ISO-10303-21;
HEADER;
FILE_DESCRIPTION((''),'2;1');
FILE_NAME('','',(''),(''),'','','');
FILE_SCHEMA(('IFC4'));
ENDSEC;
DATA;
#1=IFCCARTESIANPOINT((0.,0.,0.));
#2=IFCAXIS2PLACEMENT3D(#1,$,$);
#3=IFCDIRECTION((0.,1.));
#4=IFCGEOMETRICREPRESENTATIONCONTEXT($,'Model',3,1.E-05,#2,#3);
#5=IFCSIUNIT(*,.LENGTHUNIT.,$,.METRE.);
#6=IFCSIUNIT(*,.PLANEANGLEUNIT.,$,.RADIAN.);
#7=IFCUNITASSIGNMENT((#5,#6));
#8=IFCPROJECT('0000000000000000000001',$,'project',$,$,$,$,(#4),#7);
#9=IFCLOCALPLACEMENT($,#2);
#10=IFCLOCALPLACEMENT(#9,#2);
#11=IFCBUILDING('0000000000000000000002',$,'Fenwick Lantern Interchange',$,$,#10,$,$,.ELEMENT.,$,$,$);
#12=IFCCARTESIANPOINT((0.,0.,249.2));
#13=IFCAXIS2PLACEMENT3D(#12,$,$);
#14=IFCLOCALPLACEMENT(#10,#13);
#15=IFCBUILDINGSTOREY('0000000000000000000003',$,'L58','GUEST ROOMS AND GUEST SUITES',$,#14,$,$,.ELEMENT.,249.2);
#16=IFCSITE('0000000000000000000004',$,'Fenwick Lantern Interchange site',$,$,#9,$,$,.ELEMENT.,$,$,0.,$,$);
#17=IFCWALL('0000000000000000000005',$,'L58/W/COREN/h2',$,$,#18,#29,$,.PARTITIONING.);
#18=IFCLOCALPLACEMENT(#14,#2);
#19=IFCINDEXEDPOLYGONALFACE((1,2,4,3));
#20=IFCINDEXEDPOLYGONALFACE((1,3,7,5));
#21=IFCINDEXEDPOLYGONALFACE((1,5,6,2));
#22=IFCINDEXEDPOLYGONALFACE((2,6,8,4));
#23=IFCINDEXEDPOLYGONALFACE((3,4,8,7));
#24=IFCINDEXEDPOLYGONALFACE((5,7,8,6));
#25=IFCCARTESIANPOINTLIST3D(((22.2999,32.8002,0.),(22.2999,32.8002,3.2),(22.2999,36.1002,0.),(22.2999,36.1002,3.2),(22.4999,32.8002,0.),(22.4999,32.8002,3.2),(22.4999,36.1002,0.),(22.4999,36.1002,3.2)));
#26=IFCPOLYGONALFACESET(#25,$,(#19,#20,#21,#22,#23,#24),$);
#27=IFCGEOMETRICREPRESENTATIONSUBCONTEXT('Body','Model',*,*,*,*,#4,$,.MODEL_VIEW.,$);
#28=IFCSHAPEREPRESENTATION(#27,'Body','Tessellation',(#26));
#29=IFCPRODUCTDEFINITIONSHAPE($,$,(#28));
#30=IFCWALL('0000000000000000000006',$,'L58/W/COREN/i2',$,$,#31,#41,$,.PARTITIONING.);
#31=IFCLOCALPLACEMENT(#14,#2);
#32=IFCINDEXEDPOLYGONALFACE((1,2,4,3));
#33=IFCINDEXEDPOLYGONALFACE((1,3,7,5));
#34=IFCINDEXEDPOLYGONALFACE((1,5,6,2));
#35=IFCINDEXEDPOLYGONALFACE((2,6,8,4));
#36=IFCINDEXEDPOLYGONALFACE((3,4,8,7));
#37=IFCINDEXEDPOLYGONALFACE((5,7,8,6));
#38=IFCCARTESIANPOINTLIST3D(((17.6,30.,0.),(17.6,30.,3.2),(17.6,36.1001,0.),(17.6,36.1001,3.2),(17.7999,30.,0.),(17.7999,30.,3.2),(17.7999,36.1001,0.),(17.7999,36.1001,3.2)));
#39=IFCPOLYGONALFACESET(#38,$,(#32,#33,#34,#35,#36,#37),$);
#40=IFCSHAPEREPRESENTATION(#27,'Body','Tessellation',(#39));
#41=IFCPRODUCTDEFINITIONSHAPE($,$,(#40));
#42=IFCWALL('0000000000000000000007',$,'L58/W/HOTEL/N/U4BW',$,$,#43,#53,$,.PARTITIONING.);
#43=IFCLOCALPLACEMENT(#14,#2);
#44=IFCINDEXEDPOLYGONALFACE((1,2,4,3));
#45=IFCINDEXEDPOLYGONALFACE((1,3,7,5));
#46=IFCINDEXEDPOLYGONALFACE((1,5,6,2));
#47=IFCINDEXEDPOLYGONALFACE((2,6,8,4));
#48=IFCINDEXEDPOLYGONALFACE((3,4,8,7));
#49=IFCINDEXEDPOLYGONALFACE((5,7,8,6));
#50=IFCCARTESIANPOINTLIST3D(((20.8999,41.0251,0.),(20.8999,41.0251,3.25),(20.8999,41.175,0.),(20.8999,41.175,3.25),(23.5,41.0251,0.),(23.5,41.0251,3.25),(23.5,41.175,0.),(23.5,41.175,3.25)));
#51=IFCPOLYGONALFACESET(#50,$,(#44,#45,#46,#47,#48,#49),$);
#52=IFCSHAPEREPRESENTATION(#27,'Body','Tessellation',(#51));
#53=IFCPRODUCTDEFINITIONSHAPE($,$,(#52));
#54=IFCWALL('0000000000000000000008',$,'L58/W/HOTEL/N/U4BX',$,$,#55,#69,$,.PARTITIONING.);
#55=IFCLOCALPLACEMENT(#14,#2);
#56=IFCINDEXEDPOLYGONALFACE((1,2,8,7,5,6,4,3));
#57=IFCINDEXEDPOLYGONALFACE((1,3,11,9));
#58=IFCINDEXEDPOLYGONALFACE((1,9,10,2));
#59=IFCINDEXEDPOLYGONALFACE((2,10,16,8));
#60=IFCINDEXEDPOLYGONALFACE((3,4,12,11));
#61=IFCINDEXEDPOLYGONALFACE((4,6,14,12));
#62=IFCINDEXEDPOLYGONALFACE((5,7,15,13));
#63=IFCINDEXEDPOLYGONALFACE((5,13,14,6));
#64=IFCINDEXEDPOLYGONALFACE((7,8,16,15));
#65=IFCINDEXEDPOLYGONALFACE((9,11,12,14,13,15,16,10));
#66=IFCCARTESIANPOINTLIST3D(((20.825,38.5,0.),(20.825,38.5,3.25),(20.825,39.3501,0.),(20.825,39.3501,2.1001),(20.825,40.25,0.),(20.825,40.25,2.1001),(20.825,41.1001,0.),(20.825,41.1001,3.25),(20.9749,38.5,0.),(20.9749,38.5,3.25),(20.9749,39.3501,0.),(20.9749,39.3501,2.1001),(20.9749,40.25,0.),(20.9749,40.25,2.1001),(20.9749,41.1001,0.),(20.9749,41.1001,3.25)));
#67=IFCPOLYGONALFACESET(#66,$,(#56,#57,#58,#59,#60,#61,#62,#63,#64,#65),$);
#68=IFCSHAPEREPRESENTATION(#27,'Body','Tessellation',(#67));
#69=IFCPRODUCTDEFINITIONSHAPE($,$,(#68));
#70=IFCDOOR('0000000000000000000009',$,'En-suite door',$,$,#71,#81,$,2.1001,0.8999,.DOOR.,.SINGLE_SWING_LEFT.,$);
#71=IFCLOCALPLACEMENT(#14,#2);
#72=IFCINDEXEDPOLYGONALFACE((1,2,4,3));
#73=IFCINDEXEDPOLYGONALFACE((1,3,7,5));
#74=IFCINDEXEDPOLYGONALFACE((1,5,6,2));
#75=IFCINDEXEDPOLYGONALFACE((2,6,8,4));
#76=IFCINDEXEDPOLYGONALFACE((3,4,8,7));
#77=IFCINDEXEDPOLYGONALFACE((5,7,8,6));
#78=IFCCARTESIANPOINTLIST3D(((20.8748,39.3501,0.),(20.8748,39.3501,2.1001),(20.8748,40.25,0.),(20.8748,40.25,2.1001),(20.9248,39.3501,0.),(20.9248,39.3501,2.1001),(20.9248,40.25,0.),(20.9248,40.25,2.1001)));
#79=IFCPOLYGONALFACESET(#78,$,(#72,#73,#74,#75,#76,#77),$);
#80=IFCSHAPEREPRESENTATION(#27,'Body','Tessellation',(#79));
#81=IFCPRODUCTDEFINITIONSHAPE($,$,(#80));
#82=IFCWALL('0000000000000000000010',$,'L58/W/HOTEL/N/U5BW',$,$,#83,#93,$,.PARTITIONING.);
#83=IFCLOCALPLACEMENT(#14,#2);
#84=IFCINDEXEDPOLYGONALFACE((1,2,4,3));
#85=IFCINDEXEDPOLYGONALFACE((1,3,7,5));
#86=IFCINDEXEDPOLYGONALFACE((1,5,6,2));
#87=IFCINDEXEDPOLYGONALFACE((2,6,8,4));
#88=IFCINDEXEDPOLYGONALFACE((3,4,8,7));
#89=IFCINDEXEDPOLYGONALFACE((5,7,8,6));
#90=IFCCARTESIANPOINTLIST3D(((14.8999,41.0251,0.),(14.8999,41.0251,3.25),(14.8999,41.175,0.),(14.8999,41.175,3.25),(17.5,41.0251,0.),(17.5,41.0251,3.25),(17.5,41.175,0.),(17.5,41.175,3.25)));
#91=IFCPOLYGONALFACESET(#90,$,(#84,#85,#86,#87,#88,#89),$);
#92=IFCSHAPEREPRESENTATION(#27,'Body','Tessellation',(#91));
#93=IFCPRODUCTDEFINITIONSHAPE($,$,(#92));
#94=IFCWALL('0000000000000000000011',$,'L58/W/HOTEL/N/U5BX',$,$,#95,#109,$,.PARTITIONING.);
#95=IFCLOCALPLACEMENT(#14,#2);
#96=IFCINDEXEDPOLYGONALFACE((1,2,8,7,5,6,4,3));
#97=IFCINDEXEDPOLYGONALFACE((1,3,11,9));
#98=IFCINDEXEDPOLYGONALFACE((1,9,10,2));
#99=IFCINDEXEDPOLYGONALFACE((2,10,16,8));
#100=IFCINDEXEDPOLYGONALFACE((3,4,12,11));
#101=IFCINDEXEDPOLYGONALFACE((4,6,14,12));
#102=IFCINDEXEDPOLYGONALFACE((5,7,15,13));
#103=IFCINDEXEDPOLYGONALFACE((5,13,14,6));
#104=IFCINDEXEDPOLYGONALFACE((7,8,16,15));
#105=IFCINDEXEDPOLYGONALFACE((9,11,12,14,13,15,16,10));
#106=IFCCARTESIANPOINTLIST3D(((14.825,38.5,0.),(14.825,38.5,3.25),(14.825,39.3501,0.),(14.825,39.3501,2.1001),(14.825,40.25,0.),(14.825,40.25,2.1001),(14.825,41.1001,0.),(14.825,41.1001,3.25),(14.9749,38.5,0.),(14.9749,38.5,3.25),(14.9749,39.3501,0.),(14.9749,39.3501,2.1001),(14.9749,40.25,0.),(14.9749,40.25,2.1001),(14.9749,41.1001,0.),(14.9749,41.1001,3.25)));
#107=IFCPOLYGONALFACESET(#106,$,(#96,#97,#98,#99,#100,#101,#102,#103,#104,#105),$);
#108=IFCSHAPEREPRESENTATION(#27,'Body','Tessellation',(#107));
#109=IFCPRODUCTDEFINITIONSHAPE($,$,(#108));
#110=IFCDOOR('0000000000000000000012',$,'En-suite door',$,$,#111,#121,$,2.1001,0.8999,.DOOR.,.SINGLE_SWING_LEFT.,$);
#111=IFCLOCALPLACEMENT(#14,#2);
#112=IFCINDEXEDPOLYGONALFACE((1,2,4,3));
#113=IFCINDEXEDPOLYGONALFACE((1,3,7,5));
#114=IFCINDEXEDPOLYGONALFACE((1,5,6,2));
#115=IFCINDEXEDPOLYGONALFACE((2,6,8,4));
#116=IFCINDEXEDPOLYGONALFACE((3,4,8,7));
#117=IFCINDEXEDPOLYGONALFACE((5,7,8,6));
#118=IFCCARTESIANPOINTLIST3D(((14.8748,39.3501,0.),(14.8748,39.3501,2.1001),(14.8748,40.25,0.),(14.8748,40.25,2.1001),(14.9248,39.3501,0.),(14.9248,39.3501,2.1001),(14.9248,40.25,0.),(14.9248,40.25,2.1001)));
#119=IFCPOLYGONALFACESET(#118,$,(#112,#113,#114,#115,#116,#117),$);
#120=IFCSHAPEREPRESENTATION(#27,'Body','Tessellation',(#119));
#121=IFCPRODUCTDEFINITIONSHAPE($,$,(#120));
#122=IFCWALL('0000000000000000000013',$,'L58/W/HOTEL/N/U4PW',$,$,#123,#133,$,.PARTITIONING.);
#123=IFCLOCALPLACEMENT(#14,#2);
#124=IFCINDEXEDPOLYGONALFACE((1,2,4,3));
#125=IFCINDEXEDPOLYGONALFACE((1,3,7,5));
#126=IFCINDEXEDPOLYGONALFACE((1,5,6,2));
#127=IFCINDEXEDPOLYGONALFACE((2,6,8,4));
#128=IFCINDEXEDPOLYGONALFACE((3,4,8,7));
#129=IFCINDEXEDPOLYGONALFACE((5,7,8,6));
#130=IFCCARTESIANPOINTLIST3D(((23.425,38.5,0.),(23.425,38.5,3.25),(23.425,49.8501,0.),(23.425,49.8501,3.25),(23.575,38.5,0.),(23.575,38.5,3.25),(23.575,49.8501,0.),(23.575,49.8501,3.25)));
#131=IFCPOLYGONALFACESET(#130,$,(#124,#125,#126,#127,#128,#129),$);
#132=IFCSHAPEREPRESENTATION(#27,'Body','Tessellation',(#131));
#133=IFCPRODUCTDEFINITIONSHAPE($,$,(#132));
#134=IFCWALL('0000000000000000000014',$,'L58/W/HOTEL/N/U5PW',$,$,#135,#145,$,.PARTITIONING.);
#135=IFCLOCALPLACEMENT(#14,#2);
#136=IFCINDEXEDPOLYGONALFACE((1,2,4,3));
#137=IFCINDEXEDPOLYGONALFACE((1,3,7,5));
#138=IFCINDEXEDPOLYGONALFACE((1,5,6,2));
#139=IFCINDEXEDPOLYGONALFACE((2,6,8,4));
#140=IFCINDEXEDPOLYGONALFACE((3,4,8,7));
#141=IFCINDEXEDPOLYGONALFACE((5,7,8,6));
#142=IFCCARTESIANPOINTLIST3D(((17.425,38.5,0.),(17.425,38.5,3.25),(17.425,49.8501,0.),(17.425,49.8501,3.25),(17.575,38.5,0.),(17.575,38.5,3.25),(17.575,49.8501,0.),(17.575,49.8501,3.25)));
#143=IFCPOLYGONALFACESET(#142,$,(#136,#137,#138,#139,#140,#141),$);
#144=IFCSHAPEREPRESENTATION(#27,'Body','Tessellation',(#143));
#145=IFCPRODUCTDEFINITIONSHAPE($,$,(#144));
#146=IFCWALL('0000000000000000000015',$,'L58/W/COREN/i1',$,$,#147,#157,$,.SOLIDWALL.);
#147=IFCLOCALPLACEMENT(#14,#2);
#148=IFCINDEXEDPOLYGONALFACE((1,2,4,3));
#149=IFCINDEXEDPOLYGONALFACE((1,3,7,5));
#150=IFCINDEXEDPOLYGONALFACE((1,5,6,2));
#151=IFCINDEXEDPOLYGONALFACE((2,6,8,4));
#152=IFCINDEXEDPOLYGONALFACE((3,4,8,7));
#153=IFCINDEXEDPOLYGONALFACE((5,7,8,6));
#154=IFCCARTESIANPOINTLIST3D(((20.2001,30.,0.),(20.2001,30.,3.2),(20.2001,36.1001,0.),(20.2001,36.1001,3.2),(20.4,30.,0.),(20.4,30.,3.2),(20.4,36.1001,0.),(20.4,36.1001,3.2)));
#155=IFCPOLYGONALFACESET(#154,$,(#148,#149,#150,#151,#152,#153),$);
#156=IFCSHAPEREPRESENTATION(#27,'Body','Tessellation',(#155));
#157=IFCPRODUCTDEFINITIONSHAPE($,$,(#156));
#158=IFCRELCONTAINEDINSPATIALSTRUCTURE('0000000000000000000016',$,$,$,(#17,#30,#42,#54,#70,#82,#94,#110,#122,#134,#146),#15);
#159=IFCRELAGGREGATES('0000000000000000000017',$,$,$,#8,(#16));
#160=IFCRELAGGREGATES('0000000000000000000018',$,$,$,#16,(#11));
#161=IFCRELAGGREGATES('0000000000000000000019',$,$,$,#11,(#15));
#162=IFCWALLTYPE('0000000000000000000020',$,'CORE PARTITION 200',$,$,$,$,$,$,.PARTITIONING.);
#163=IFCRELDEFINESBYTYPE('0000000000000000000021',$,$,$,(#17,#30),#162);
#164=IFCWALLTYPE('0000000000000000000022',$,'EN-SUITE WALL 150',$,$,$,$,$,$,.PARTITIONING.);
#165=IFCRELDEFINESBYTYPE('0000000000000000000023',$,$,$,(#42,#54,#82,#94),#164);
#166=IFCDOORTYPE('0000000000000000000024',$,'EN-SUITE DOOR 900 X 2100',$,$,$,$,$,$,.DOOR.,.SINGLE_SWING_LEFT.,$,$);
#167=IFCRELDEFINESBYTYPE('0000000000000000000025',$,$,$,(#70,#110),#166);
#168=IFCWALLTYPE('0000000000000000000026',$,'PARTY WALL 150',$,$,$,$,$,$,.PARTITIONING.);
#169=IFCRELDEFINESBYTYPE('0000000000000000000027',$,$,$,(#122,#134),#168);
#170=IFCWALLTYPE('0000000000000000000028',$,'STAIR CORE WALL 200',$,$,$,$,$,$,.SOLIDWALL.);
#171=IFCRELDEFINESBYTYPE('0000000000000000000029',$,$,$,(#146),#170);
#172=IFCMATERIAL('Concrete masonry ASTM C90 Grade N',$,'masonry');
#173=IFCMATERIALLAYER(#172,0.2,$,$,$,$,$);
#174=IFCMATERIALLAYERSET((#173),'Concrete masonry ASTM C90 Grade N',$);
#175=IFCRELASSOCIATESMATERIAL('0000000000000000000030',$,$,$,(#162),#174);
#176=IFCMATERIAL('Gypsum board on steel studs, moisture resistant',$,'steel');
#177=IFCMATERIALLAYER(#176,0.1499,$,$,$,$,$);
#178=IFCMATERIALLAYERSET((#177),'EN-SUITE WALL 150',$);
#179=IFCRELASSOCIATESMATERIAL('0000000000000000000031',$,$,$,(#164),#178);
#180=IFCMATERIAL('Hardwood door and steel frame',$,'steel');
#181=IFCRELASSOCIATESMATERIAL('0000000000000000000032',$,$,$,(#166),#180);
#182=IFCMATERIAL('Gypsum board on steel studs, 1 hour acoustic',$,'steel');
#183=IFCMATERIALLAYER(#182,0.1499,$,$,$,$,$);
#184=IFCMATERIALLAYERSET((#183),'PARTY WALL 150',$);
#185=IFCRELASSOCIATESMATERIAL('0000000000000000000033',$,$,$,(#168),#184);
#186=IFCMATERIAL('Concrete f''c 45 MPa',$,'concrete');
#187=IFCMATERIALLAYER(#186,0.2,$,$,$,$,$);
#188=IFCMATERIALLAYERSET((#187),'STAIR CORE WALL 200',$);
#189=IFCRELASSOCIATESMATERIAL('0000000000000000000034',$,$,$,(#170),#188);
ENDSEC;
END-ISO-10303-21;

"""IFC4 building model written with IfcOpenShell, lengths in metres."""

from ifc_helpers import new_model, si_unit, direction, frame, frame_2d, origin, place, context, subcontext, project, spatial, rectangle, extrude, material, layer, layer_set, type_object, element, fill, save


model = new_model("IFC4")

# Units and contexts
model_context = context("Model", 3, precision=1e-05, world=origin(), true_north=direction((0.0, 1.0)))
body_context = subcontext(model_context, "Body", "Model", "MODEL_VIEW")
ifc_project = project(units=[si_unit("LENGTHUNIT", "METRE"), si_unit("PLANEANGLEUNIT", "RADIAN")], contexts=[model_context])

# Site, building, storey
site_placement = place(None, origin())
site = spatial("IfcSite", under=ifc_project, at=site_placement, Name="Fenwick Lantern Interchange site", CompositionType="ELEMENT", RefElevation=0.0)
building_placement = place(site_placement, origin())
building = spatial("IfcBuilding", under=site, at=building_placement, Name="Fenwick Lantern Interchange", CompositionType="ELEMENT")
storey_placement = place(building_placement, frame((0.0, 0.0, 249.2)))
storey = spatial("IfcBuildingStorey", under=building, at=storey_placement, Name="L58", Description="GUEST ROOMS AND GUEST SUITES", CompositionType="ELEMENT", Elevation=249.2)

# Walls
ifc_material_1 = material(Name="Concrete masonry ASTM C90 Grade N", Category="masonry")
ifc_layer_1 = layer(ifc_material_1, 0.2)
ifc_layer_set_1 = layer_set([ifc_layer_1], Name="Concrete masonry ASTM C90 Grade N")
wall_type_1 = type_object("IfcWallType", Name="CORE PARTITION 200", PredefinedType="PARTITIONING", material=ifc_layer_set_1)
wall_1_placement = place(storey_placement, frame((22.3999, 36.1001, 0.0), z_axis=(0.0, 0.0, 1.0), x_axis=(0.0, -1.0, 0.0)))
element("IfcWall", 1, at=wall_1_placement, inside=storey, type_object=wall_type_1, Name="L58/W/COREN/h2", PredefinedType="PARTITIONING", context=body_context, shape_type="SweptSolid", body=[
    extrude(rectangle(XDim=3.3, YDim=0.2, at=frame_2d((1.6499, 0.0))), origin(), (0.0, 0.0, 1.0), 3.2),
])
wall_2_placement = place(storey_placement, frame((17.7, 36.1001, 0.0), z_axis=(0.0, 0.0, 1.0), x_axis=(0.0, -1.0, 0.0)))
element("IfcWall", 2, at=wall_2_placement, inside=storey, type_object=wall_type_1, Name="L58/W/COREN/i2", PredefinedType="PARTITIONING", context=body_context, shape_type="SweptSolid", body=[
    extrude(rectangle(XDim=6.1001, YDim=0.2, at=frame_2d((3.05, 0.0))), origin(), (0.0, 0.0, 1.0), 3.2),
])
ifc_material_2 = material(Name="Gypsum board on steel studs, moisture resistant", Category="steel")
ifc_layer_2 = layer(ifc_material_2, 0.1499)
ifc_layer_set_2 = layer_set([ifc_layer_2], Name="EN-SUITE WALL 150")
wall_type_2 = type_object("IfcWallType", Name="EN-SUITE WALL 150", PredefinedType="PARTITIONING", material=ifc_layer_set_2)
wall_3_placement = place(storey_placement, frame((23.5, 41.1001, 0.0), z_axis=(0.0, 0.0, 1.0), x_axis=(-1.0, 0.0, 0.0)))
element("IfcWall", 3, at=wall_3_placement, inside=storey, type_object=wall_type_2, Name="L58/W/HOTEL/N/U4BW", PredefinedType="PARTITIONING", context=body_context, shape_type="SweptSolid", body=[
    extrude(rectangle(XDim=2.6001, YDim=0.1499, at=frame_2d((1.3, 0.0))), origin(), (0.0, 0.0, 1.0), 3.25),
])

# Wall, opening, door
wall_4_placement = place(storey_placement, frame((20.8999, 41.1001, 0.0), z_axis=(0.0, 0.0, 1.0), x_axis=(0.0, -1.0, 0.0)))
wall_4 = element("IfcWall", 4, at=wall_4_placement, inside=storey, type_object=wall_type_2, Name="L58/W/HOTEL/N/U4BX", PredefinedType="PARTITIONING", context=body_context, shape_type="SweptSolid", body=[
    extrude(rectangle(XDim=2.6001, YDim=0.1499, at=frame_2d((1.3, 0.0))), origin(), (0.0, 0.0, 1.0), 3.25),
])
opening_1_placement = place(wall_4_placement, frame((0.8501, 0.0, 0.0)))
opening_1 = element("IfcOpeningElement", 5, at=opening_1_placement, cuts=wall_4, PredefinedType="OPENING", context=body_context, shape_type="SweptSolid", body=[
    extrude(rectangle(XDim=0.8999, YDim=2.1001, at=frame_2d((0.45, 1.05))), frame((0.0, 0.085, 0.0), z_axis=(0.0, -1.0, 0.0), x_axis=(1.0, 0.0, 0.0)), (0.0, 0.0, 1.0), 0.1699),
])
ifc_material_3 = material(Name="Hardwood door and steel frame", Category="steel")
door_type = type_object("IfcDoorType", Name="EN-SUITE DOOR 900 X 2100", OperationType="SINGLE_SWING_LEFT", PredefinedType="DOOR", material=ifc_material_3)
door_1_placement = place(opening_1_placement, origin())
door_1 = element("IfcDoor", 6, at=door_1_placement, inside=storey, type_object=door_type, Name="En-suite door", OperationType="SINGLE_SWING_LEFT", OverallHeight=2.1001, OverallWidth=0.8999, PredefinedType="DOOR", context=body_context, shape_type="SweptSolid", body=[
    extrude(rectangle(XDim=0.8999, YDim=2.1001, at=frame_2d((0.45, 1.05))), frame((0.0, 0.0249, 0.0), z_axis=(0.0, -1.0, 0.0), x_axis=(1.0, 0.0, 0.0)), (0.0, 0.0, 1.0), 0.05),
])
fill(opening_1, door_1)

# Wall
wall_5_placement = place(storey_placement, frame((17.5, 41.1001, 0.0), z_axis=(0.0, 0.0, 1.0), x_axis=(-1.0, 0.0, 0.0)))
element("IfcWall", 7, at=wall_5_placement, inside=storey, type_object=wall_type_2, Name="L58/W/HOTEL/N/U5BW", PredefinedType="PARTITIONING", context=body_context, shape_type="SweptSolid", body=[
    extrude(rectangle(XDim=2.6001, YDim=0.1499, at=frame_2d((1.3, 0.0))), origin(), (0.0, 0.0, 1.0), 3.25),
])

# Wall, opening, door
wall_6_placement = place(storey_placement, frame((14.8999, 41.1001, 0.0), z_axis=(0.0, 0.0, 1.0), x_axis=(0.0, -1.0, 0.0)))
wall_6 = element("IfcWall", 8, at=wall_6_placement, inside=storey, type_object=wall_type_2, Name="L58/W/HOTEL/N/U5BX", PredefinedType="PARTITIONING", context=body_context, shape_type="SweptSolid", body=[
    extrude(rectangle(XDim=2.6001, YDim=0.1499, at=frame_2d((1.3, 0.0))), origin(), (0.0, 0.0, 1.0), 3.25),
])
opening_2_placement = place(wall_6_placement, frame((0.8501, 0.0, 0.0)))
opening_2 = element("IfcOpeningElement", 9, at=opening_2_placement, cuts=wall_6, PredefinedType="OPENING", context=body_context, shape_type="SweptSolid", body=[
    extrude(rectangle(XDim=0.8999, YDim=2.1001, at=frame_2d((0.45, 1.05))), frame((0.0, 0.085, 0.0), z_axis=(0.0, -1.0, 0.0), x_axis=(1.0, 0.0, 0.0)), (0.0, 0.0, 1.0), 0.1699),
])
door_2_placement = place(opening_2_placement, origin())
door_2 = element("IfcDoor", 10, at=door_2_placement, inside=storey, type_object=door_type, Name="En-suite door", OperationType="SINGLE_SWING_LEFT", OverallHeight=2.1001, OverallWidth=0.8999, PredefinedType="DOOR", context=body_context, shape_type="SweptSolid", body=[
    extrude(rectangle(XDim=0.8999, YDim=2.1001, at=frame_2d((0.45, 1.05))), frame((0.0, 0.0249, 0.0), z_axis=(0.0, -1.0, 0.0), x_axis=(1.0, 0.0, 0.0)), (0.0, 0.0, 1.0), 0.05),
])
fill(opening_2, door_2)

# Walls
ifc_material_4 = material(Name="Gypsum board on steel studs, 1 hour acoustic", Category="steel")
ifc_layer_3 = layer(ifc_material_4, 0.1499)
ifc_layer_set_3 = layer_set([ifc_layer_3], Name="PARTY WALL 150")
wall_type_3 = type_object("IfcWallType", Name="PARTY WALL 150", PredefinedType="PARTITIONING", material=ifc_layer_set_3)
for number, where, z_axis, x_axis, name in (
    (11, (23.5, 49.8501, 0.0), (0.0, 0.0, 1.0), (0.0, -1.0, 0.0), "L58/W/HOTEL/N/U4PW"),
    (12, (17.5, 49.8501, 0.0), (0.0, 0.0, 1.0), (0.0, -1.0, 0.0), "L58/W/HOTEL/N/U5PW"),
):
    element("IfcWall", number, at=place(storey_placement, frame(where, z_axis=z_axis, x_axis=x_axis)), inside=storey, type_object=wall_type_3, Name=name, PredefinedType="PARTITIONING", context=body_context, shape_type="SweptSolid", body=[
        extrude(rectangle(XDim=11.3501, YDim=0.1499, at=frame_2d((5.675, 0.0))), origin(), (0.0, 0.0, 1.0), 3.25),
    ])
ifc_material_5 = material(Name="Concrete f'c 45 MPa", Category="concrete")
ifc_layer_4 = layer(ifc_material_5, 0.2)
ifc_layer_set_4 = layer_set([ifc_layer_4], Name="STAIR CORE WALL 200")
wall_type_4 = type_object("IfcWallType", Name="STAIR CORE WALL 200", PredefinedType="SOLIDWALL", material=ifc_layer_set_4)
wall_7_placement = place(storey_placement, frame((20.3, 36.1001, 0.0), z_axis=(0.0, 0.0, 1.0), x_axis=(0.0, -1.0, 0.0)))
element("IfcWall", 13, at=wall_7_placement, inside=storey, type_object=wall_type_4, Name="L58/W/COREN/i1", PredefinedType="SOLIDWALL", context=body_context, shape_type="SweptSolid", body=[
    extrude(rectangle(XDim=6.1001, YDim=0.2, at=frame_2d((3.05, 0.0))), origin(), (0.0, 0.0, 1.0), 3.2),
])

save(model, "model.ifc")
